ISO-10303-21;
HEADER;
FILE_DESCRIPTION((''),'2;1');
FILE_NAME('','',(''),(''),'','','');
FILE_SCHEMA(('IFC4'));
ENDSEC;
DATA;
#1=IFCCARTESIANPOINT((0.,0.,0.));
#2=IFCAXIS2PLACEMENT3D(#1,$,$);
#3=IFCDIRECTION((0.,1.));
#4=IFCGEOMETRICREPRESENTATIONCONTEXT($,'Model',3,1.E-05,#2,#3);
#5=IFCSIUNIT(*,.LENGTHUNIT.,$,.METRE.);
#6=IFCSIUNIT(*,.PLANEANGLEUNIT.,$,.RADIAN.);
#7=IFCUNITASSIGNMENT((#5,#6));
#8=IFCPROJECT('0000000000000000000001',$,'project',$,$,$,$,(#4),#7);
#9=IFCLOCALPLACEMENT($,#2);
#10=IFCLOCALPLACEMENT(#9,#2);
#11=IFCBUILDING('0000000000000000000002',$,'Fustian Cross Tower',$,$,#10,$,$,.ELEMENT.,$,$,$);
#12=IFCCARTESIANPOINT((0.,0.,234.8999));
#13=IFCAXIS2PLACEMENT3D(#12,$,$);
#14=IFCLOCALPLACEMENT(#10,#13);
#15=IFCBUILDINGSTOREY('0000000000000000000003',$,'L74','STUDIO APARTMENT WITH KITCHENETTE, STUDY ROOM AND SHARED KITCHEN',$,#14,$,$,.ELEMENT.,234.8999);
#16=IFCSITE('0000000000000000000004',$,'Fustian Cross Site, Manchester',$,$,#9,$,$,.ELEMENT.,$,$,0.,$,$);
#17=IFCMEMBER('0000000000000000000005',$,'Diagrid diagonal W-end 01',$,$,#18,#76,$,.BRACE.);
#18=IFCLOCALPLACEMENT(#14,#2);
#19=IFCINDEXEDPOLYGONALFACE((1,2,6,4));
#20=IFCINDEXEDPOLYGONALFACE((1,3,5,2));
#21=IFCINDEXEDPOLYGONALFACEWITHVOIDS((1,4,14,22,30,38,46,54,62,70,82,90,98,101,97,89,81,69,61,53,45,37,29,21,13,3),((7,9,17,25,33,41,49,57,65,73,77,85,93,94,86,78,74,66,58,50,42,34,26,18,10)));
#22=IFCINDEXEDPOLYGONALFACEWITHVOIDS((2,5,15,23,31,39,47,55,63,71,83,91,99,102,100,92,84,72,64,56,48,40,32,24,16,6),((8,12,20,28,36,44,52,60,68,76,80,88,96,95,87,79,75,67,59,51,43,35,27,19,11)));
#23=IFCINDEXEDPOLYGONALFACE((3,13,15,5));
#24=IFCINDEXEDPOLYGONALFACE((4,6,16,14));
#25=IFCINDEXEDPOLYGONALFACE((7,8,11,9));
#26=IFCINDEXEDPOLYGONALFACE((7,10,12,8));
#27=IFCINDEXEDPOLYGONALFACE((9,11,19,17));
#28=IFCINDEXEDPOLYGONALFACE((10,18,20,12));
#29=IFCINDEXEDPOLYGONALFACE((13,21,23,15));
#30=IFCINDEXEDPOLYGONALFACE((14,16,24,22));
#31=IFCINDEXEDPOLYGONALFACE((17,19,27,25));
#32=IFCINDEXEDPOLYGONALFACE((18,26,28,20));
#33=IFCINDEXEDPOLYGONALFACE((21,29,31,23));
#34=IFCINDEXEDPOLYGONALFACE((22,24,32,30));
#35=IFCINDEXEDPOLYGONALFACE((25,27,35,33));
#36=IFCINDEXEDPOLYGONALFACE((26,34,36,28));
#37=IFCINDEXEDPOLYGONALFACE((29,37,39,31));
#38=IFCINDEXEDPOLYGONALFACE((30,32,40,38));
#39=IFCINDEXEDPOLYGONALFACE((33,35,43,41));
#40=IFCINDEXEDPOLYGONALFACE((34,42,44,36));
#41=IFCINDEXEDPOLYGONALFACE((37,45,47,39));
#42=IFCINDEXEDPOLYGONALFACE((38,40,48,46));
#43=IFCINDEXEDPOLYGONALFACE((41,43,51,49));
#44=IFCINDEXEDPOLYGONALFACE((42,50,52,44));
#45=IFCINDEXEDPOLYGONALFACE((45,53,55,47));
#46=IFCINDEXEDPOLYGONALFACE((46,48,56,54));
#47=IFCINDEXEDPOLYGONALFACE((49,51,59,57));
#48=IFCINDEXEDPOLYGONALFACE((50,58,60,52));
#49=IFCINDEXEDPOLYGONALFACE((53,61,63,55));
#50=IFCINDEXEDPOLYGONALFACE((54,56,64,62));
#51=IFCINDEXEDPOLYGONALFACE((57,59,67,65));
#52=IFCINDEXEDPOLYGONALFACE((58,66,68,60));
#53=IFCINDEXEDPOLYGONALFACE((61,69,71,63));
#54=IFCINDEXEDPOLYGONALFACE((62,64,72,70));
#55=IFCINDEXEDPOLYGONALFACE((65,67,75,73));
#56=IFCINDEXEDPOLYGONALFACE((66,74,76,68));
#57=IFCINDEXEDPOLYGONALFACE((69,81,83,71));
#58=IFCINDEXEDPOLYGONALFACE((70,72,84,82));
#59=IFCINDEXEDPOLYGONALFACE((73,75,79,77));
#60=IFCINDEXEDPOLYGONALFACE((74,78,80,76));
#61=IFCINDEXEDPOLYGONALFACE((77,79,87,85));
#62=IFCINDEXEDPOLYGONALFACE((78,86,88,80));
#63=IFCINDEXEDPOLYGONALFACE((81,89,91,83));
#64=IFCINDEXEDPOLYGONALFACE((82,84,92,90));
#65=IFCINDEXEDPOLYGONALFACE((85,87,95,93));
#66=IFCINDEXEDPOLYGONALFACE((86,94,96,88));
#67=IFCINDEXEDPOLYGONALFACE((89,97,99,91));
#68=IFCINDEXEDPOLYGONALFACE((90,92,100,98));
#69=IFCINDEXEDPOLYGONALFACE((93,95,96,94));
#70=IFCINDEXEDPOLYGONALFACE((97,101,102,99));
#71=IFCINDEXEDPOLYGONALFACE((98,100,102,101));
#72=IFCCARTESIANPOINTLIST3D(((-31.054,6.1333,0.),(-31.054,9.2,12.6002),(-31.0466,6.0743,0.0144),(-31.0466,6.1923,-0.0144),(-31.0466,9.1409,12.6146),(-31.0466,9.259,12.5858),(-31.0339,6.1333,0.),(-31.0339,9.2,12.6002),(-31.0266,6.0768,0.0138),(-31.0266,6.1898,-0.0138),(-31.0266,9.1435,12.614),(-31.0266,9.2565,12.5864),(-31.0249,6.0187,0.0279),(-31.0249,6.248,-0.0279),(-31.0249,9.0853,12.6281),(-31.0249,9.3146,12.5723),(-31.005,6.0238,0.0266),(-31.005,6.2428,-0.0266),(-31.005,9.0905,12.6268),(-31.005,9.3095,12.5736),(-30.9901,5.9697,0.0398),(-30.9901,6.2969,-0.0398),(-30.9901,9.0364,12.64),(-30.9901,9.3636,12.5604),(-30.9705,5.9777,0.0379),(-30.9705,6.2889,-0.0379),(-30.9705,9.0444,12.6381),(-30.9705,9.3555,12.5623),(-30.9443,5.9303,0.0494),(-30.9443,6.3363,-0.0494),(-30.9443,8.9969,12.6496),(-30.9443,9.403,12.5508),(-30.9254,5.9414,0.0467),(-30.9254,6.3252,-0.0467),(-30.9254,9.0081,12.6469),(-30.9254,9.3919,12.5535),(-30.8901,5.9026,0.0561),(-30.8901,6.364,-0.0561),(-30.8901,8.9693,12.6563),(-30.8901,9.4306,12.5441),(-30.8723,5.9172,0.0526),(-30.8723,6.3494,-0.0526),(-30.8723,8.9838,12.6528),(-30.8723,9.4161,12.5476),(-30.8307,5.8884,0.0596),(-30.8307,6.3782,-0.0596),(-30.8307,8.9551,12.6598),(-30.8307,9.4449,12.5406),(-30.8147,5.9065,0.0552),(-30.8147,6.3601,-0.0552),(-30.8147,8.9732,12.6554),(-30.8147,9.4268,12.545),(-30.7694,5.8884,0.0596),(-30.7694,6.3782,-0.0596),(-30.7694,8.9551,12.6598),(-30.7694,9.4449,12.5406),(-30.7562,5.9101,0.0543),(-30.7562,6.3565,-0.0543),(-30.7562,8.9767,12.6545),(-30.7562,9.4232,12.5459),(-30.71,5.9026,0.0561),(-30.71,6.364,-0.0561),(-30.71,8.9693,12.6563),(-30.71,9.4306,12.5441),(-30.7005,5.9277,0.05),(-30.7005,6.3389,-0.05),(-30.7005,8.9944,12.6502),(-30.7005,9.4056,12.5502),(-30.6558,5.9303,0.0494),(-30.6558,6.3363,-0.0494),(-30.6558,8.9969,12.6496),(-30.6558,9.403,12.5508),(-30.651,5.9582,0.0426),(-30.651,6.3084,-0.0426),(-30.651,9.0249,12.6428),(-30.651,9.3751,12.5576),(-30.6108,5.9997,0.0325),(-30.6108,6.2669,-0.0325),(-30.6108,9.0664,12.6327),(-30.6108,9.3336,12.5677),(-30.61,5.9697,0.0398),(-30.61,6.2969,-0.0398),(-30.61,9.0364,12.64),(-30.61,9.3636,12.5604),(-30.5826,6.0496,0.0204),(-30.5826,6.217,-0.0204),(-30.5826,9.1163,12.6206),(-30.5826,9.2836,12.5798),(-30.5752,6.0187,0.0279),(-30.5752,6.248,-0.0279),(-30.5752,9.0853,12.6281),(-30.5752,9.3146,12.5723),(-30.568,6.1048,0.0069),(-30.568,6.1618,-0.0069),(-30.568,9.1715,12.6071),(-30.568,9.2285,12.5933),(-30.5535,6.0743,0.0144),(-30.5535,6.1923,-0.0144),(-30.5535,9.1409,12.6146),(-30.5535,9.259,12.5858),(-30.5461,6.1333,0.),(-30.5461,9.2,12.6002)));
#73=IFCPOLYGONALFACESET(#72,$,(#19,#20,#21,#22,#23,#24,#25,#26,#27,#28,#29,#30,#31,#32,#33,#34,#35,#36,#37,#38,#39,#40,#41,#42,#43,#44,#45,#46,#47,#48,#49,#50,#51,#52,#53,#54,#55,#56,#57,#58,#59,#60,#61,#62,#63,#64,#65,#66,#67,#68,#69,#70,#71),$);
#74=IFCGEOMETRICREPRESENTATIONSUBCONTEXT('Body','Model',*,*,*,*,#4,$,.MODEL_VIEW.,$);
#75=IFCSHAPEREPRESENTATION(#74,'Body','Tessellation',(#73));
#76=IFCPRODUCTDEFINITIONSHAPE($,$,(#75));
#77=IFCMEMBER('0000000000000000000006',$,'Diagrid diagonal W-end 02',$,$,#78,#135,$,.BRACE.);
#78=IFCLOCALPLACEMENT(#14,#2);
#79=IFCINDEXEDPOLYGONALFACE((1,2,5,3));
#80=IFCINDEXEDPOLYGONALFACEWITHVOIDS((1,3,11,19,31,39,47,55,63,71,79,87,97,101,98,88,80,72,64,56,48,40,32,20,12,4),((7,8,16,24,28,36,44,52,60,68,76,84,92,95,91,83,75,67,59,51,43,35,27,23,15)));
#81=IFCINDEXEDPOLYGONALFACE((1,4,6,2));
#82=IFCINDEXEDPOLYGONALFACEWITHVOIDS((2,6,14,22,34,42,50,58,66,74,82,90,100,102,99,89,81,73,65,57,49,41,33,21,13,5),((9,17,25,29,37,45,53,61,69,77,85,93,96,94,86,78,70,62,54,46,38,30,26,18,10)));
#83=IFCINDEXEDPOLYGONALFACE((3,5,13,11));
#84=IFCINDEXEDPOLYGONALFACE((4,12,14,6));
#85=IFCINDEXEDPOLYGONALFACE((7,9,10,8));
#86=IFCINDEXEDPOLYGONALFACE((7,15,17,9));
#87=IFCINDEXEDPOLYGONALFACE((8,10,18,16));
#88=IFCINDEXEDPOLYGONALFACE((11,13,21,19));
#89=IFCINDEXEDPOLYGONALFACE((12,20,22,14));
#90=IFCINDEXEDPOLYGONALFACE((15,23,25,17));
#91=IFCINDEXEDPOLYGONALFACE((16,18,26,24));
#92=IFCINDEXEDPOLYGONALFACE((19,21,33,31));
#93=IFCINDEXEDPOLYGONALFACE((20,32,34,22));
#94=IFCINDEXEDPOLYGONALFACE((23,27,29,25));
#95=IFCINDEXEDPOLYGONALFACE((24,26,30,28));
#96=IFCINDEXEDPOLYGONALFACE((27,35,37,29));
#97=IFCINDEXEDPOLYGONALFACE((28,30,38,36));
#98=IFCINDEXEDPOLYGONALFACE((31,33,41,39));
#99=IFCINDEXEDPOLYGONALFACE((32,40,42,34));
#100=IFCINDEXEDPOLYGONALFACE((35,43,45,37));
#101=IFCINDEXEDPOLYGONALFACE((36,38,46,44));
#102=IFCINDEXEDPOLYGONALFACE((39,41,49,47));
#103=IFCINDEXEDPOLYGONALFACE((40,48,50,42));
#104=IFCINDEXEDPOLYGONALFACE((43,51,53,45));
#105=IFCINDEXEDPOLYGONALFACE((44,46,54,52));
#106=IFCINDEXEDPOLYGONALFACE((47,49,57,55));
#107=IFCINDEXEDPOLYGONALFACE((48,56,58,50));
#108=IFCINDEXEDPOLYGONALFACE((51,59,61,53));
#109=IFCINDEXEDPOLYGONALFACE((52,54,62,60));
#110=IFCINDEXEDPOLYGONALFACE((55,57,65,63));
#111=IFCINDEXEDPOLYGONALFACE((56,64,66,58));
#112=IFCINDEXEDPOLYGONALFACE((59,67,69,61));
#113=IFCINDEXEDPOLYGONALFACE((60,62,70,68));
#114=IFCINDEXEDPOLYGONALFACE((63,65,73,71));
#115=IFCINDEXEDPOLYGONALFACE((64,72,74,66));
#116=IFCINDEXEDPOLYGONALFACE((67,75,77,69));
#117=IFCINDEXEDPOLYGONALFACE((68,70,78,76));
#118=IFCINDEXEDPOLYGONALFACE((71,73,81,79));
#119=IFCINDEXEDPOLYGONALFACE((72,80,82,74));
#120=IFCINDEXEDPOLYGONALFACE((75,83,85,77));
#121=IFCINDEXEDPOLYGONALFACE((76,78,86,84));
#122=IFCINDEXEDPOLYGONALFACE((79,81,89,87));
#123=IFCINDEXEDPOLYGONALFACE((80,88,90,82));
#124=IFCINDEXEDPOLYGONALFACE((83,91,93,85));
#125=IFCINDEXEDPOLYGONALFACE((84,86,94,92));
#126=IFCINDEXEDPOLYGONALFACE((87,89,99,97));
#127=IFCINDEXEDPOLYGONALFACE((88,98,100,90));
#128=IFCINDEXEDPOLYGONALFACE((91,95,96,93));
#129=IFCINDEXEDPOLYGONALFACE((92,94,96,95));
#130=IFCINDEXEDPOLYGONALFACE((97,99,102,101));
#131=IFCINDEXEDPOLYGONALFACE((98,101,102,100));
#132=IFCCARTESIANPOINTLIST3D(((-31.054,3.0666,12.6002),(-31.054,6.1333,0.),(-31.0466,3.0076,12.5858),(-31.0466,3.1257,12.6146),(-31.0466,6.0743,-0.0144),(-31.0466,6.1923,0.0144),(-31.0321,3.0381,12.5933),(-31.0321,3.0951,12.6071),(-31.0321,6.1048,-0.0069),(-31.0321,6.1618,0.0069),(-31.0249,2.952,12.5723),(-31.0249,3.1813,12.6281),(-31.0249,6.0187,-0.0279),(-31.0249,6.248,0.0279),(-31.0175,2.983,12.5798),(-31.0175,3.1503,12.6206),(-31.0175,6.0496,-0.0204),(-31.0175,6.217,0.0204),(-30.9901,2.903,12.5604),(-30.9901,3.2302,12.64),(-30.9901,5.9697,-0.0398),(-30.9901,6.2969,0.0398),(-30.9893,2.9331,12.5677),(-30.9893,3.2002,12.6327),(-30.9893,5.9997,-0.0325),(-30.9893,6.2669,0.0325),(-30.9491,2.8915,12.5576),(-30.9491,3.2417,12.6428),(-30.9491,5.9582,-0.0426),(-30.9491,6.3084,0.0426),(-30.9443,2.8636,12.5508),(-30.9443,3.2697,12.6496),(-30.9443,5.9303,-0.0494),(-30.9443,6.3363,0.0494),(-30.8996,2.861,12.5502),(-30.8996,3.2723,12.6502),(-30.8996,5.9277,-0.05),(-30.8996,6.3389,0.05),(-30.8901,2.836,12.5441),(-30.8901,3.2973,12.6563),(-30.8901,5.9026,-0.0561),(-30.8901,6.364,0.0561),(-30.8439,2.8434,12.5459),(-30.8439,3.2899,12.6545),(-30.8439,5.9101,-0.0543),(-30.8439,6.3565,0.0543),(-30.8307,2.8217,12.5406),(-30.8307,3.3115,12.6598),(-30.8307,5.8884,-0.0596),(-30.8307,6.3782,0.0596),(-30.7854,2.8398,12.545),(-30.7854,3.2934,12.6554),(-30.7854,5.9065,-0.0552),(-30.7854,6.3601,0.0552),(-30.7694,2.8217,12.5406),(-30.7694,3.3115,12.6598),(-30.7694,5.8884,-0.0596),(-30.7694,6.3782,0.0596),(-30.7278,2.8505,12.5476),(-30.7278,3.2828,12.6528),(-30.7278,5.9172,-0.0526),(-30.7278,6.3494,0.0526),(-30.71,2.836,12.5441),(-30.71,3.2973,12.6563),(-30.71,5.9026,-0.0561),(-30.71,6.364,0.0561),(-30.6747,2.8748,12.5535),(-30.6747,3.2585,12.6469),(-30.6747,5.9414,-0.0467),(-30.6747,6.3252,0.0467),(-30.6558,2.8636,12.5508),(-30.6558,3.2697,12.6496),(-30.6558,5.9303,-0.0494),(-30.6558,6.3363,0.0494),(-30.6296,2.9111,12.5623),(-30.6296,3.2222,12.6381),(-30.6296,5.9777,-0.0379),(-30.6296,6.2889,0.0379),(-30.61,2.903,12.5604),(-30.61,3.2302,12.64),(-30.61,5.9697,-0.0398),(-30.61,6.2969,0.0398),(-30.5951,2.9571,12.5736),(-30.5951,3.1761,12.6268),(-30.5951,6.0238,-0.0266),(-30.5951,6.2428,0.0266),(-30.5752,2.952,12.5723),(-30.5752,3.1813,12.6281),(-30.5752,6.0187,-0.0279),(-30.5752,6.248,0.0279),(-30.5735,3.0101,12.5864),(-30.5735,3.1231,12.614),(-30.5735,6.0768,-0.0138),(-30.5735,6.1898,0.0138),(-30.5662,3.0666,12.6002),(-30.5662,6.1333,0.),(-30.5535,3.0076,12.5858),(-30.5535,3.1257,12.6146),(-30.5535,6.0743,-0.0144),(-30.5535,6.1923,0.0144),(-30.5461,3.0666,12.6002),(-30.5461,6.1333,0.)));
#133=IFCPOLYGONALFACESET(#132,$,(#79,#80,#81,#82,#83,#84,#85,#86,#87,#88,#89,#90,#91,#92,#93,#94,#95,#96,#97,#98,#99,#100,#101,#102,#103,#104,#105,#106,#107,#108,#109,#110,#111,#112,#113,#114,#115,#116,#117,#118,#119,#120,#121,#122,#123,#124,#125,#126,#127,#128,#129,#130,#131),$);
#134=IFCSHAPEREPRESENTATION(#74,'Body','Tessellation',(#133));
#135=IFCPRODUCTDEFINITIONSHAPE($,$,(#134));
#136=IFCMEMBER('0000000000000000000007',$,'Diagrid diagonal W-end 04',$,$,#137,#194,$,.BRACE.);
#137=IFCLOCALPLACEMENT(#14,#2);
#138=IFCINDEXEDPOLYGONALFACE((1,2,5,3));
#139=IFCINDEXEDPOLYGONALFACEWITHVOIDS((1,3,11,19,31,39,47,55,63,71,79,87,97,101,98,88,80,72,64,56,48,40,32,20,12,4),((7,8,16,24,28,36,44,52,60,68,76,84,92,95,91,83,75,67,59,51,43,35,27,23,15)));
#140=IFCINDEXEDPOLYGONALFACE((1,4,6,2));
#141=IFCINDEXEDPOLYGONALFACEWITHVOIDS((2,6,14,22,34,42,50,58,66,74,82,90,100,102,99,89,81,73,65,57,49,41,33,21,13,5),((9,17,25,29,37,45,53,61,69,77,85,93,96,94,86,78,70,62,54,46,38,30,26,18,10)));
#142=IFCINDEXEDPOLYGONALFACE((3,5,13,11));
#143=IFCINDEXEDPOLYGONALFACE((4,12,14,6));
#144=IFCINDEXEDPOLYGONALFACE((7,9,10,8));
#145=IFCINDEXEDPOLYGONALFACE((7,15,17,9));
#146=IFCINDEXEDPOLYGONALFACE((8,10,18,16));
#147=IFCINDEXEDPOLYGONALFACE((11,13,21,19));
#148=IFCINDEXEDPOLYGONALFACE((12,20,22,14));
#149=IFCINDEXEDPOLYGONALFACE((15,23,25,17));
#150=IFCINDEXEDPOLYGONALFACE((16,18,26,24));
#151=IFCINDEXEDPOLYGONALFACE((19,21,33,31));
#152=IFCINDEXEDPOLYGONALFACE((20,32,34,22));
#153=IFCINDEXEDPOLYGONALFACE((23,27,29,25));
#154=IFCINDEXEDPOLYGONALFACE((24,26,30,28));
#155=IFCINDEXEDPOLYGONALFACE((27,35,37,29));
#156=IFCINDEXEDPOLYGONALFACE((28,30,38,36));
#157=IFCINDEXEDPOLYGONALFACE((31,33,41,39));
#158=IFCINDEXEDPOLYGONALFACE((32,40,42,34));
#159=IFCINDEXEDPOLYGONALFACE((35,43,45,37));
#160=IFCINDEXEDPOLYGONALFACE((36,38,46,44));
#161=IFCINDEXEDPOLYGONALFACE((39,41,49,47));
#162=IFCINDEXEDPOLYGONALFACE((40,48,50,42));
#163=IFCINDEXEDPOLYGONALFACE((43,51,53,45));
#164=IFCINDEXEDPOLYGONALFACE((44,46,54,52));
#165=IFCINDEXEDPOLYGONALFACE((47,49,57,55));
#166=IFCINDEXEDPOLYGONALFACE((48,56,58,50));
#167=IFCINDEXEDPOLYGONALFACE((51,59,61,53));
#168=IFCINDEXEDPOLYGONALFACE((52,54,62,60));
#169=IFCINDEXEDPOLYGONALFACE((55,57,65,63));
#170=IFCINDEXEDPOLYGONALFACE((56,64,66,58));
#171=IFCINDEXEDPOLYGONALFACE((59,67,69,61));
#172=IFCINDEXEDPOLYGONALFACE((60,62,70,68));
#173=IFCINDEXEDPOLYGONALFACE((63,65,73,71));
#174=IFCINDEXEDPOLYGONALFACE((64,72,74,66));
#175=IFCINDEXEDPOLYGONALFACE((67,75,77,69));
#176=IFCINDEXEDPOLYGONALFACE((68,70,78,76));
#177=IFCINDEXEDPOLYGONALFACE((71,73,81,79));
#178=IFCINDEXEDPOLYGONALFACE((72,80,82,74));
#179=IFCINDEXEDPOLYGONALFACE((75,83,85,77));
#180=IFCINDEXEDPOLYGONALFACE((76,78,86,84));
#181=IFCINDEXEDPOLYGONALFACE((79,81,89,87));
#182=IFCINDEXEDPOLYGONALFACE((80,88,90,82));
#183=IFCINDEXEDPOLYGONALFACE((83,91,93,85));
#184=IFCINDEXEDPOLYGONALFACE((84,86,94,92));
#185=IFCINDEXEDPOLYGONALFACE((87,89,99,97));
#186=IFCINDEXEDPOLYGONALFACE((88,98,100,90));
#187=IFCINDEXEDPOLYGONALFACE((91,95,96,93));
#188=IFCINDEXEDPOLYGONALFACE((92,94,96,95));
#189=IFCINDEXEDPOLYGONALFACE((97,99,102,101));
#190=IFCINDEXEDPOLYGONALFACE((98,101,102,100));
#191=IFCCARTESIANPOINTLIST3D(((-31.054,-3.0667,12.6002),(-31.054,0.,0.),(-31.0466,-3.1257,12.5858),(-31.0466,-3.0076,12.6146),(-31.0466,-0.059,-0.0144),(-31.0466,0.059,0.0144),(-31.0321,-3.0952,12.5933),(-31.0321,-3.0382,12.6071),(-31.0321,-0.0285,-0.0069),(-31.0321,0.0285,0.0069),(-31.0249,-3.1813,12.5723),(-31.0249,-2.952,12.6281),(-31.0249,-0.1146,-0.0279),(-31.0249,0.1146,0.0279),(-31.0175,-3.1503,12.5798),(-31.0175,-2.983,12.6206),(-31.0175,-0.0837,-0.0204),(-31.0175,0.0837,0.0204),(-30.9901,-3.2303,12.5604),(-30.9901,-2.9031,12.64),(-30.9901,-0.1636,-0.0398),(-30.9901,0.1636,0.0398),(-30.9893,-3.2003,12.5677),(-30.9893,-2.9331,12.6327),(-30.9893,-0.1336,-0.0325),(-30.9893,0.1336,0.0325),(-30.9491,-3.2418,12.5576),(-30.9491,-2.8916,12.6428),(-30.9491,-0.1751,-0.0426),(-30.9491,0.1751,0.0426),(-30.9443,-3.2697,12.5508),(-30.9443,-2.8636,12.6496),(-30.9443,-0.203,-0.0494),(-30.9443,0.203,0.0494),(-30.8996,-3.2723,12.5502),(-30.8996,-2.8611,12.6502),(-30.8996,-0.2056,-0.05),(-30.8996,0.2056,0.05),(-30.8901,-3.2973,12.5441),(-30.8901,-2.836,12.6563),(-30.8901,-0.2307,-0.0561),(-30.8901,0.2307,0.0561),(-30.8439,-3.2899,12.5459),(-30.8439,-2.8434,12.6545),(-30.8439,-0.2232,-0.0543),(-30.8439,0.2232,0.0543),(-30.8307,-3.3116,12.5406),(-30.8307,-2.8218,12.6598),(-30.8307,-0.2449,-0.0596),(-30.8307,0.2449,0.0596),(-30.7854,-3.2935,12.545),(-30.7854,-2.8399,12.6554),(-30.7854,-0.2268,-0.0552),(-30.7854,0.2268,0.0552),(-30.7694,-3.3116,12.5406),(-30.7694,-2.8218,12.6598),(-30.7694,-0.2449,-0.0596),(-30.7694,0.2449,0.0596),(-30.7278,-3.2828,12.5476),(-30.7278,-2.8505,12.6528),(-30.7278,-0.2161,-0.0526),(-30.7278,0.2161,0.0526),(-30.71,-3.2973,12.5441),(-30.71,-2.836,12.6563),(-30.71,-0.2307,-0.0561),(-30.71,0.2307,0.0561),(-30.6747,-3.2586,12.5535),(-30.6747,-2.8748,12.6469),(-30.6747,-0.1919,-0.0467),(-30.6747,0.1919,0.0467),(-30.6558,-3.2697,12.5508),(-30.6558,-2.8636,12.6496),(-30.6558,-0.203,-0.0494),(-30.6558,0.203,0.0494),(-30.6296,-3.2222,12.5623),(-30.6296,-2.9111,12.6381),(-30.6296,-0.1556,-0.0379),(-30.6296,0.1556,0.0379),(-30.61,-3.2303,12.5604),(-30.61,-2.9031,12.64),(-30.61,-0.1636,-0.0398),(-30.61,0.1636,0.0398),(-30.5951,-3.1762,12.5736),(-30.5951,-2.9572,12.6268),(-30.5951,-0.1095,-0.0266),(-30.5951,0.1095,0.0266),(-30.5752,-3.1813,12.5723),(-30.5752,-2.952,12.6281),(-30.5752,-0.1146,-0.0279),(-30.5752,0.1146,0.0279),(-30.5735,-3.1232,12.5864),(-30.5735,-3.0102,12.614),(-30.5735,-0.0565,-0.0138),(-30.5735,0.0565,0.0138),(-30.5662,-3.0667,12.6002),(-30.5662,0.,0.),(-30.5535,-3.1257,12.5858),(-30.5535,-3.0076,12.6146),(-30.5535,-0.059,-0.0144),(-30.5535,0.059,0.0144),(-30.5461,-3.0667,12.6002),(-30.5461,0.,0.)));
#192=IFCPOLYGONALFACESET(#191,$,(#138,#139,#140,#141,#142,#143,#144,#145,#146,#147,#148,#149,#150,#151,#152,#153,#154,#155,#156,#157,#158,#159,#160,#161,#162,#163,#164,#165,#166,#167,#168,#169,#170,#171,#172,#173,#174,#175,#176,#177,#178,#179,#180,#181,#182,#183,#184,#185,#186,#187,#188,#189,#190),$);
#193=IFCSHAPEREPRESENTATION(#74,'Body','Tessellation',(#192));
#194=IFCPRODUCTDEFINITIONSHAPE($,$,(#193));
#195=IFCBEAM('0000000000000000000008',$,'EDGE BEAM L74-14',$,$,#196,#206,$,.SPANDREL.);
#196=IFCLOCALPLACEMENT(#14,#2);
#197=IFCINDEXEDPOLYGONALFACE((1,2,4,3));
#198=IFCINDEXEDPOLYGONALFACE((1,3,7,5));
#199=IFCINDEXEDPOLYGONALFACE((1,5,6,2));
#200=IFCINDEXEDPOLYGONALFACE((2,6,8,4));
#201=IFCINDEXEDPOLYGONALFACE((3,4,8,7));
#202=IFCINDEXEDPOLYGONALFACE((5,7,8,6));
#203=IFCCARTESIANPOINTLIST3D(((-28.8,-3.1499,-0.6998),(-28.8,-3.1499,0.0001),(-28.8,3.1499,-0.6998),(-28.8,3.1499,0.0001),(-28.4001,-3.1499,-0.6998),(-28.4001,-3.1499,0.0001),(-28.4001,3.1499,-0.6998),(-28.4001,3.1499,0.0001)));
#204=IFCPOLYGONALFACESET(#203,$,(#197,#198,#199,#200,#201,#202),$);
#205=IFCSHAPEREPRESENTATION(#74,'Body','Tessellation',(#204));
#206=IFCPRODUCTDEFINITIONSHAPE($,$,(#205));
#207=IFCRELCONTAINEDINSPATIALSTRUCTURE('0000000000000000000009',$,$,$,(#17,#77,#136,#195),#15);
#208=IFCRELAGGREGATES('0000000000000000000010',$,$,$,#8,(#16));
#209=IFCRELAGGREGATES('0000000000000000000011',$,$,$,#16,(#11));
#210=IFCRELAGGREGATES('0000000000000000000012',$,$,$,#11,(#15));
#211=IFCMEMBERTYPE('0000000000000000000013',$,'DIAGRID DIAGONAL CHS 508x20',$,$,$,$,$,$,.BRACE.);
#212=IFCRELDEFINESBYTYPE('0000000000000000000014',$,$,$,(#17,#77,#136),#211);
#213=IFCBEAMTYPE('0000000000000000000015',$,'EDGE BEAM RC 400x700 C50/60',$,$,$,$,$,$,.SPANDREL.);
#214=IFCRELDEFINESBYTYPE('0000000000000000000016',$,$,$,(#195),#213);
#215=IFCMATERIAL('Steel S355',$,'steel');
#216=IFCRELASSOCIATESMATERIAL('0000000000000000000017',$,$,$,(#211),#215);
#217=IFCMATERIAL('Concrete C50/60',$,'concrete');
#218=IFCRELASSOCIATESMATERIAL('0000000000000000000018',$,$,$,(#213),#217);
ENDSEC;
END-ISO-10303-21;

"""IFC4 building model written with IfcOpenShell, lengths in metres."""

from ifc_helpers import new_model, si_unit, direction, frame, origin, origin_2d, place, context, subcontext, project, spatial, rectangle, hollow_circle, extrude, material, material_profile, profile_set, type_object, element, save


model = new_model("IFC4")

# Units and contexts
model_context = context("Model", 3, precision=1e-05, world=origin(), true_north=direction((0.0, 1.0)))
body_context = subcontext(model_context, "Body", "Model", "MODEL_VIEW")
ifc_project = project(units=[si_unit("LENGTHUNIT", "METRE"), si_unit("PLANEANGLEUNIT", "RADIAN")], contexts=[model_context])

# Site, building, storey
site_placement = place(None, origin())
site = spatial("IfcSite", under=ifc_project, at=site_placement, Name="Fustian Cross Site, Manchester", CompositionType="ELEMENT", RefElevation=0.0)
building_placement = place(site_placement, origin())
building = spatial("IfcBuilding", under=site, at=building_placement, Name="Fustian Cross Tower", CompositionType="ELEMENT")
storey_placement = place(building_placement, frame((0.0, 0.0, 234.8999)))
storey = spatial("IfcBuildingStorey", under=building, at=storey_placement, Name="L74", Description="STUDIO APARTMENT WITH KITCHENETTE, STUDY ROOM AND SHARED KITCHEN", CompositionType="ELEMENT", Elevation=234.8999)

# Members
ifc_material_1 = material(Name="Steel S355", Category="steel")
ifc_material_profile_1 = material_profile(ifc_material_1, hollow_circle(Radius=0.2539, WallThickness=0.02, at=origin_2d()), Name="CHS 508x20")
ifc_profile_set_1 = profile_set([ifc_material_profile_1], Name="Steel S355")
member_type_1 = type_object("IfcMemberType", Name="DIAGRID DIAGONAL CHS 508x20", PredefinedType="BRACE", material=ifc_profile_set_1)
for number, where, z_axis, x_axis, name in (
    (1, (-30.8, 6.1333, 0.0), (0.0, 0.23648, 0.971636), (-1.0, 0.0, 0.0), "Diagrid diagonal W-end 01"),
    (2, (-30.8, 6.1333, 0.0), (0.0, -0.23648, 0.971636), (1.0, 0.0, 0.0), "Diagrid diagonal W-end 02"),
    (3, (-30.8, 0.0, 0.0), (0.0, -0.23648, 0.971636), (1.0, 0.0, 0.0), "Diagrid diagonal W-end 04"),
):
    element("IfcMember", number, at=place(storey_placement, frame(where, z_axis=z_axis, x_axis=x_axis)), inside=storey, type_object=member_type_1, Name=name, PredefinedType="BRACE", context=body_context, shape_type="SweptSolid", body=[
        extrude(hollow_circle(Radius=0.2539, WallThickness=0.02, at=origin_2d()), origin(), (0.0, 0.0, 1.0), 12.968),
    ])

# Beam
ifc_material_2 = material(Name="Concrete C50/60", Category="concrete")
ifc_material_profile_2 = material_profile(ifc_material_2, rectangle(XDim=0.3999, YDim=0.7, at=origin_2d()), Name="RC 400x700")
ifc_profile_set_2 = profile_set([ifc_material_profile_2], Name="Concrete C50/60")
beam_type = type_object("IfcBeamType", Name="EDGE BEAM RC 400x700 C50/60", PredefinedType="SPANDREL", material=ifc_profile_set_2)
beam_placement = place(storey_placement, frame((-28.6001, 3.1499, -0.3499), z_axis=(0.0, -1.0, 0.0), x_axis=(1.0, 0.0, 0.0)))
element("IfcBeam", 4, at=beam_placement, inside=storey, type_object=beam_type, Name="EDGE BEAM L74-14", PredefinedType="SPANDREL", context=body_context, shape_type="SweptSolid", body=[
    extrude(rectangle(XDim=0.3999, YDim=0.7, at=origin_2d()), origin(), (0.0, 0.0, 1.0), 6.2998),
])

save(model, "model.ifc")
